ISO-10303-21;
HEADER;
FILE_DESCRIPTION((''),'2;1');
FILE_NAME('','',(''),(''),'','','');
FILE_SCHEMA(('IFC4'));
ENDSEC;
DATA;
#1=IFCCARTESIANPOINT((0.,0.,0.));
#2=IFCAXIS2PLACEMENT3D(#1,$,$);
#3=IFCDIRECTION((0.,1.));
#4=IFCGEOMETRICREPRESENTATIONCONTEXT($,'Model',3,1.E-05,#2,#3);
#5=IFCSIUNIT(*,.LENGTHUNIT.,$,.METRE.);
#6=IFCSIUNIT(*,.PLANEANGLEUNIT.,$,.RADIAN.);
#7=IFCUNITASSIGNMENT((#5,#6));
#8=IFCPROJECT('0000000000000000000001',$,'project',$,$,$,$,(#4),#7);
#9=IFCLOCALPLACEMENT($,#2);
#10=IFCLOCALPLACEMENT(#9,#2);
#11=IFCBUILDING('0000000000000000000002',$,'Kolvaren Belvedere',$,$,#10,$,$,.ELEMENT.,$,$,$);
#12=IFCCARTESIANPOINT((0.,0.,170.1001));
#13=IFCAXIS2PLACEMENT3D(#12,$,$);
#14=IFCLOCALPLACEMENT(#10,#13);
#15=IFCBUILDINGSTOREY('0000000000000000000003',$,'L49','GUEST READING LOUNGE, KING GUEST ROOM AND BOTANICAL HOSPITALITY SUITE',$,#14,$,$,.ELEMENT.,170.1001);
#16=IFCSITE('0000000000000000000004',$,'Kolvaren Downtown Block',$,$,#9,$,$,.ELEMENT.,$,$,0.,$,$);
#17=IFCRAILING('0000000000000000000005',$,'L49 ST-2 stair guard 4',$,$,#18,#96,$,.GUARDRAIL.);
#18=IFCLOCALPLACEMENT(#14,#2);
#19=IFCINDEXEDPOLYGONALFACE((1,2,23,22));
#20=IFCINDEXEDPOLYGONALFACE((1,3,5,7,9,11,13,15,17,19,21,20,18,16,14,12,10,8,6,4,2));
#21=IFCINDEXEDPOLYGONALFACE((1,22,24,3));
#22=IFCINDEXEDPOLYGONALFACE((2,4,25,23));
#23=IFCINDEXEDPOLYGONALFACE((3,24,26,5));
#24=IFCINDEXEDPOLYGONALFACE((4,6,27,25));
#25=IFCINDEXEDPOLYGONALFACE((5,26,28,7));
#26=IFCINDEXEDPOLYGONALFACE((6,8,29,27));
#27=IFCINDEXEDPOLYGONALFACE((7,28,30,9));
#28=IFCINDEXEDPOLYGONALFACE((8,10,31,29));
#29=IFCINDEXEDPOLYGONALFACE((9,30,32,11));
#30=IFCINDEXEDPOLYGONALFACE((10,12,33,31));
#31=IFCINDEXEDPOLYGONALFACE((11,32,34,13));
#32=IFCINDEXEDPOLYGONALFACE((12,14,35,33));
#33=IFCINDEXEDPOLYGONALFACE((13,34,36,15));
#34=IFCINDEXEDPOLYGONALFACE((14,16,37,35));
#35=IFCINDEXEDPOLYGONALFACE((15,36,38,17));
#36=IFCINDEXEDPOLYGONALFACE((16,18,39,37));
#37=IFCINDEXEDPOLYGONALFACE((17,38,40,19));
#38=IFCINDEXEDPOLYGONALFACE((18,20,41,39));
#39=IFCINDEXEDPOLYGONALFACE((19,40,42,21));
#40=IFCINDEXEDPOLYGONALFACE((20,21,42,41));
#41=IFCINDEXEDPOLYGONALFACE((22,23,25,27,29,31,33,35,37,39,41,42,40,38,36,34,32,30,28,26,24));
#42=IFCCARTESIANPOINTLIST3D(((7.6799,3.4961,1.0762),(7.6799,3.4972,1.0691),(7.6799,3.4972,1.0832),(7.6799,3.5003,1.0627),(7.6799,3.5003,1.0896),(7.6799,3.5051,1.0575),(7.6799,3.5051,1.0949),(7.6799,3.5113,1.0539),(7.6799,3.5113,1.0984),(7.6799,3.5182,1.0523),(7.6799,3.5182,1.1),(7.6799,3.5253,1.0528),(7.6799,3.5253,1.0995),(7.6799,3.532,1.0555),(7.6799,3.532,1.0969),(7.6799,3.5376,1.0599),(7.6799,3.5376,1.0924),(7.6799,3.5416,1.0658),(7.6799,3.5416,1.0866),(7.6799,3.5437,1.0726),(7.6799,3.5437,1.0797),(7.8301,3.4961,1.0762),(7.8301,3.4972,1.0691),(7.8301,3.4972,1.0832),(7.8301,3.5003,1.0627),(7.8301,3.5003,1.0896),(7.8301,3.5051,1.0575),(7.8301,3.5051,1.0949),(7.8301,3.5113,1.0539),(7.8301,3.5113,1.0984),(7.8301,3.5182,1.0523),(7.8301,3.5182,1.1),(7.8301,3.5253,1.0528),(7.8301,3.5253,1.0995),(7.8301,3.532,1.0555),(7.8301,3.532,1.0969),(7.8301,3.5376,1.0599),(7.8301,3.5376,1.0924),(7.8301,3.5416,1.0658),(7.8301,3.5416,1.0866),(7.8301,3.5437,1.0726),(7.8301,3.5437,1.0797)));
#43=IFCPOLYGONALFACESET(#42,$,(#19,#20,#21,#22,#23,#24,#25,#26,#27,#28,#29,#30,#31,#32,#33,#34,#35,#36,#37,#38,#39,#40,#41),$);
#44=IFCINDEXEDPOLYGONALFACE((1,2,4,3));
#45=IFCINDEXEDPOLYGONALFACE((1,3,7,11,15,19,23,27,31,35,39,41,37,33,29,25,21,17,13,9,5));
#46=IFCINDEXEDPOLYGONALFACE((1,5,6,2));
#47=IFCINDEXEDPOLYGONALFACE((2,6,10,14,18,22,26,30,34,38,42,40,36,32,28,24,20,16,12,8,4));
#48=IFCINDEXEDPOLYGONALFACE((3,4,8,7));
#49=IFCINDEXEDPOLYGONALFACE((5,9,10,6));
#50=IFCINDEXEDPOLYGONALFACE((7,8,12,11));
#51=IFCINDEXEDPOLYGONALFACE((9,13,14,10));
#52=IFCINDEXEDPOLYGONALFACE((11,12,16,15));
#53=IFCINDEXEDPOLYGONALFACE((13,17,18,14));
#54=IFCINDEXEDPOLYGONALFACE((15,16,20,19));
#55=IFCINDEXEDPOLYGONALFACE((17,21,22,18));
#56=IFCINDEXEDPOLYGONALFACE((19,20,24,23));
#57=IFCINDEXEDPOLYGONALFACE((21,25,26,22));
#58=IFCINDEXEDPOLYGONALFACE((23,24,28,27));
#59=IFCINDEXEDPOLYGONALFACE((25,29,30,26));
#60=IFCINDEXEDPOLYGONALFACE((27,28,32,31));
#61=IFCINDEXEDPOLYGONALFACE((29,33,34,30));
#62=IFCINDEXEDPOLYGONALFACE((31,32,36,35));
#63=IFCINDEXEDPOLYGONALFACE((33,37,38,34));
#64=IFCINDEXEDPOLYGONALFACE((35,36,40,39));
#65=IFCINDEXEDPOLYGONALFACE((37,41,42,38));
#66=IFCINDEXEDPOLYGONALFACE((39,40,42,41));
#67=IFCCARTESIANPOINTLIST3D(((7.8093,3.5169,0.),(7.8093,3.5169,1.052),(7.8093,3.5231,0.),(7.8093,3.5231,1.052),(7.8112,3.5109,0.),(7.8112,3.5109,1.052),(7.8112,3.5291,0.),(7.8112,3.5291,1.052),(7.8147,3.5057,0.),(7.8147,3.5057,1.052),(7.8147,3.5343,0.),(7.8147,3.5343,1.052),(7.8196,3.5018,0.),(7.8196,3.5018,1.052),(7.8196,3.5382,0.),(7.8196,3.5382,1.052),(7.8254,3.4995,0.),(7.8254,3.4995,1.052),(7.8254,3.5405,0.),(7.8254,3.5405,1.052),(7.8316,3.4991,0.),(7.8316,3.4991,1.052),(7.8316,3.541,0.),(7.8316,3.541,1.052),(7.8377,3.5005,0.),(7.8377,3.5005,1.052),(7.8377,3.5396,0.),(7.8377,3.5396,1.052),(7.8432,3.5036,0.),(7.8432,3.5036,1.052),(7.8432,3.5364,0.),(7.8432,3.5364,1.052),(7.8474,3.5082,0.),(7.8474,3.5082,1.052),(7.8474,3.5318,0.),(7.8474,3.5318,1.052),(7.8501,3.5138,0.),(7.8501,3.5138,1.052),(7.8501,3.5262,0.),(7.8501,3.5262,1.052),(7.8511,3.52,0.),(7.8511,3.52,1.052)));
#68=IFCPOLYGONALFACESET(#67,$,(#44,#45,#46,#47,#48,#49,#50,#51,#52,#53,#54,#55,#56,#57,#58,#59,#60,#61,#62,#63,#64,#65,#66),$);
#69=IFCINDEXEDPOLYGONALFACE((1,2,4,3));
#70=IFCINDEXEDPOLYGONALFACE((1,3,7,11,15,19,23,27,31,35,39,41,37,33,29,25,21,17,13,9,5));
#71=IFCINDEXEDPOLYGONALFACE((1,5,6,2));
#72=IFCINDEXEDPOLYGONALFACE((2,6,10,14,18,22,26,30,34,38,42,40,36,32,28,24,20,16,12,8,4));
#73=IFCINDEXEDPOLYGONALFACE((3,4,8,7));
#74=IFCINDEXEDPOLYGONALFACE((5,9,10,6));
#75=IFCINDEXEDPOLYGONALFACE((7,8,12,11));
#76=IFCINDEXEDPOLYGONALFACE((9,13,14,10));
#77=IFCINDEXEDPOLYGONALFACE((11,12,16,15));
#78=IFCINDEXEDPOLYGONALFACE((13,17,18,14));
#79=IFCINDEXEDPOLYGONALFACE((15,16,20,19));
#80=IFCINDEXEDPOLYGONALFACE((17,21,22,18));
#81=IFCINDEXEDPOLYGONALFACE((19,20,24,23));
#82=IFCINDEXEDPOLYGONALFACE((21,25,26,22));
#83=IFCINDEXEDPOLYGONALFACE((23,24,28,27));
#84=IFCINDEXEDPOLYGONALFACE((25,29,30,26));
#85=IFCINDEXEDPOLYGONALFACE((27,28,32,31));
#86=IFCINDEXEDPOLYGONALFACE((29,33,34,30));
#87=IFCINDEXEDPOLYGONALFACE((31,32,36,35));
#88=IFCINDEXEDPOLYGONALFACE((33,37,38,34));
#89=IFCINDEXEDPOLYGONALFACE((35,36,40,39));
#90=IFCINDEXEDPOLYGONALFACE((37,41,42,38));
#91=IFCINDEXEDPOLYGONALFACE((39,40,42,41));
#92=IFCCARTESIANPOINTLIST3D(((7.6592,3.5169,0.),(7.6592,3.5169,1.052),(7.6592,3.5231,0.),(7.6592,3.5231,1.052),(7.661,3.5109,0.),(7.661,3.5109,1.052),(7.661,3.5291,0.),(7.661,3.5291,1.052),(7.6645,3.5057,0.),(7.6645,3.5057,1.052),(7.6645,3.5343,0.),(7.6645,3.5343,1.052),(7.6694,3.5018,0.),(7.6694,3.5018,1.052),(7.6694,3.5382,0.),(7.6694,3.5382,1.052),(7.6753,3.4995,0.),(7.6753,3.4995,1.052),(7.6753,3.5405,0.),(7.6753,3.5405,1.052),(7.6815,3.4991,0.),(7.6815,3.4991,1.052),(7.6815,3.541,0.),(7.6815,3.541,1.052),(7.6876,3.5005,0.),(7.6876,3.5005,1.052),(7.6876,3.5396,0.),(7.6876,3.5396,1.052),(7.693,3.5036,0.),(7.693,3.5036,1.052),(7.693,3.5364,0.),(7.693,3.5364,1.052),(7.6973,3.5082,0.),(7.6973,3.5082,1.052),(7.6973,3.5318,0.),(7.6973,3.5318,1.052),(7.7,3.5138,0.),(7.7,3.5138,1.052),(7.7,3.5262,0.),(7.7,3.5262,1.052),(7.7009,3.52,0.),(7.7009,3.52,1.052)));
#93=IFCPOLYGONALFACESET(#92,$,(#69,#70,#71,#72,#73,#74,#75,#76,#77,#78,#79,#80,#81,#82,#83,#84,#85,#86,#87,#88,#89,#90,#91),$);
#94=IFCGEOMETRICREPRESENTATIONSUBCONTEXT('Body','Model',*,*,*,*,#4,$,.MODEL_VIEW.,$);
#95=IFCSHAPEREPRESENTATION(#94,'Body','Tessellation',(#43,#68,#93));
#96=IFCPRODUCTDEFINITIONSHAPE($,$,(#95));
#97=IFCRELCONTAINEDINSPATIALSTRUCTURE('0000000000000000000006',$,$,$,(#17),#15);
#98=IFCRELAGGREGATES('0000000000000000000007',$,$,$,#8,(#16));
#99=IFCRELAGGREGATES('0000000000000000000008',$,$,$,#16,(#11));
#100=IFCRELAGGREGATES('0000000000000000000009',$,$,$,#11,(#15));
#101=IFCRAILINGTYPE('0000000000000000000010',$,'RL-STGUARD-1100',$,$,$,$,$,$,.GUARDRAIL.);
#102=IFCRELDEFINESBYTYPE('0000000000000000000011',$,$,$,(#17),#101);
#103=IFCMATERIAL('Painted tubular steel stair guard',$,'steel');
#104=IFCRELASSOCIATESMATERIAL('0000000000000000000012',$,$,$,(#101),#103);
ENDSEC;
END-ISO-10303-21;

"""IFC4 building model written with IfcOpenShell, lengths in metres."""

from ifc_helpers import new_model, si_unit, direction, frame, origin, origin_2d, place, context, subcontext, project, spatial, circle, extrude, material, type_object, element, save


model = new_model("IFC4")

# Units and contexts
model_context = context("Model", 3, precision=1e-05, world=origin(), true_north=direction((0.0, 1.0)))
body_context = subcontext(model_context, "Body", "Model", "MODEL_VIEW")
ifc_project = project(units=[si_unit("LENGTHUNIT", "METRE"), si_unit("PLANEANGLEUNIT", "RADIAN")], contexts=[model_context])

# Site, building, storey
site_placement = place(None, origin())
site = spatial("IfcSite", under=ifc_project, at=site_placement, Name="Kolvaren Downtown Block", CompositionType="ELEMENT", RefElevation=0.0)
building_placement = place(site_placement, origin())
building = spatial("IfcBuilding", under=site, at=building_placement, Name="Kolvaren Belvedere", CompositionType="ELEMENT")
storey_placement = place(building_placement, frame((0.0, 0.0, 170.1001)))
storey = spatial("IfcBuildingStorey", under=building, at=storey_placement, Name="L49", Description="GUEST READING LOUNGE, KING GUEST ROOM AND BOTANICAL HOSPITALITY SUITE", CompositionType="ELEMENT", Elevation=170.1001)

# Railing
ifc_material_1 = material(Name="Painted tubular steel stair guard", Category="steel")
railing_type_1 = type_object("IfcRailingType", Name="RL-STGUARD-1100", PredefinedType="GUARDRAIL", material=ifc_material_1)
railing_1_placement = place(storey_placement, frame((7.8301, 3.52, 0.0)))
element("IfcRailing", 1, at=railing_1_placement, inside=storey, type_object=railing_type_1, Name="L49 ST-2 stair guard 4", PredefinedType="GUARDRAIL", context=body_context, shape_type="SweptSolid", body=[
    extrude(circle(Radius=0.0239, at=origin_2d()), frame((0.0, 0.0, 1.0762), z_axis=(-1.0, 0.0, 0.0), x_axis=(0.0, -1.0, 0.0)), (0.0, 0.0, 1.0), 0.1501),
    extrude(circle(Radius=0.021, at=origin_2d()), origin(), (0.0, 0.0, 1.0), 1.052),
    extrude(circle(Radius=0.021, at=origin_2d()), frame((-0.1501, 0.0, 0.0)), (0.0, 0.0, 1.0), 1.052),
])

save(model, "model.ifc")
